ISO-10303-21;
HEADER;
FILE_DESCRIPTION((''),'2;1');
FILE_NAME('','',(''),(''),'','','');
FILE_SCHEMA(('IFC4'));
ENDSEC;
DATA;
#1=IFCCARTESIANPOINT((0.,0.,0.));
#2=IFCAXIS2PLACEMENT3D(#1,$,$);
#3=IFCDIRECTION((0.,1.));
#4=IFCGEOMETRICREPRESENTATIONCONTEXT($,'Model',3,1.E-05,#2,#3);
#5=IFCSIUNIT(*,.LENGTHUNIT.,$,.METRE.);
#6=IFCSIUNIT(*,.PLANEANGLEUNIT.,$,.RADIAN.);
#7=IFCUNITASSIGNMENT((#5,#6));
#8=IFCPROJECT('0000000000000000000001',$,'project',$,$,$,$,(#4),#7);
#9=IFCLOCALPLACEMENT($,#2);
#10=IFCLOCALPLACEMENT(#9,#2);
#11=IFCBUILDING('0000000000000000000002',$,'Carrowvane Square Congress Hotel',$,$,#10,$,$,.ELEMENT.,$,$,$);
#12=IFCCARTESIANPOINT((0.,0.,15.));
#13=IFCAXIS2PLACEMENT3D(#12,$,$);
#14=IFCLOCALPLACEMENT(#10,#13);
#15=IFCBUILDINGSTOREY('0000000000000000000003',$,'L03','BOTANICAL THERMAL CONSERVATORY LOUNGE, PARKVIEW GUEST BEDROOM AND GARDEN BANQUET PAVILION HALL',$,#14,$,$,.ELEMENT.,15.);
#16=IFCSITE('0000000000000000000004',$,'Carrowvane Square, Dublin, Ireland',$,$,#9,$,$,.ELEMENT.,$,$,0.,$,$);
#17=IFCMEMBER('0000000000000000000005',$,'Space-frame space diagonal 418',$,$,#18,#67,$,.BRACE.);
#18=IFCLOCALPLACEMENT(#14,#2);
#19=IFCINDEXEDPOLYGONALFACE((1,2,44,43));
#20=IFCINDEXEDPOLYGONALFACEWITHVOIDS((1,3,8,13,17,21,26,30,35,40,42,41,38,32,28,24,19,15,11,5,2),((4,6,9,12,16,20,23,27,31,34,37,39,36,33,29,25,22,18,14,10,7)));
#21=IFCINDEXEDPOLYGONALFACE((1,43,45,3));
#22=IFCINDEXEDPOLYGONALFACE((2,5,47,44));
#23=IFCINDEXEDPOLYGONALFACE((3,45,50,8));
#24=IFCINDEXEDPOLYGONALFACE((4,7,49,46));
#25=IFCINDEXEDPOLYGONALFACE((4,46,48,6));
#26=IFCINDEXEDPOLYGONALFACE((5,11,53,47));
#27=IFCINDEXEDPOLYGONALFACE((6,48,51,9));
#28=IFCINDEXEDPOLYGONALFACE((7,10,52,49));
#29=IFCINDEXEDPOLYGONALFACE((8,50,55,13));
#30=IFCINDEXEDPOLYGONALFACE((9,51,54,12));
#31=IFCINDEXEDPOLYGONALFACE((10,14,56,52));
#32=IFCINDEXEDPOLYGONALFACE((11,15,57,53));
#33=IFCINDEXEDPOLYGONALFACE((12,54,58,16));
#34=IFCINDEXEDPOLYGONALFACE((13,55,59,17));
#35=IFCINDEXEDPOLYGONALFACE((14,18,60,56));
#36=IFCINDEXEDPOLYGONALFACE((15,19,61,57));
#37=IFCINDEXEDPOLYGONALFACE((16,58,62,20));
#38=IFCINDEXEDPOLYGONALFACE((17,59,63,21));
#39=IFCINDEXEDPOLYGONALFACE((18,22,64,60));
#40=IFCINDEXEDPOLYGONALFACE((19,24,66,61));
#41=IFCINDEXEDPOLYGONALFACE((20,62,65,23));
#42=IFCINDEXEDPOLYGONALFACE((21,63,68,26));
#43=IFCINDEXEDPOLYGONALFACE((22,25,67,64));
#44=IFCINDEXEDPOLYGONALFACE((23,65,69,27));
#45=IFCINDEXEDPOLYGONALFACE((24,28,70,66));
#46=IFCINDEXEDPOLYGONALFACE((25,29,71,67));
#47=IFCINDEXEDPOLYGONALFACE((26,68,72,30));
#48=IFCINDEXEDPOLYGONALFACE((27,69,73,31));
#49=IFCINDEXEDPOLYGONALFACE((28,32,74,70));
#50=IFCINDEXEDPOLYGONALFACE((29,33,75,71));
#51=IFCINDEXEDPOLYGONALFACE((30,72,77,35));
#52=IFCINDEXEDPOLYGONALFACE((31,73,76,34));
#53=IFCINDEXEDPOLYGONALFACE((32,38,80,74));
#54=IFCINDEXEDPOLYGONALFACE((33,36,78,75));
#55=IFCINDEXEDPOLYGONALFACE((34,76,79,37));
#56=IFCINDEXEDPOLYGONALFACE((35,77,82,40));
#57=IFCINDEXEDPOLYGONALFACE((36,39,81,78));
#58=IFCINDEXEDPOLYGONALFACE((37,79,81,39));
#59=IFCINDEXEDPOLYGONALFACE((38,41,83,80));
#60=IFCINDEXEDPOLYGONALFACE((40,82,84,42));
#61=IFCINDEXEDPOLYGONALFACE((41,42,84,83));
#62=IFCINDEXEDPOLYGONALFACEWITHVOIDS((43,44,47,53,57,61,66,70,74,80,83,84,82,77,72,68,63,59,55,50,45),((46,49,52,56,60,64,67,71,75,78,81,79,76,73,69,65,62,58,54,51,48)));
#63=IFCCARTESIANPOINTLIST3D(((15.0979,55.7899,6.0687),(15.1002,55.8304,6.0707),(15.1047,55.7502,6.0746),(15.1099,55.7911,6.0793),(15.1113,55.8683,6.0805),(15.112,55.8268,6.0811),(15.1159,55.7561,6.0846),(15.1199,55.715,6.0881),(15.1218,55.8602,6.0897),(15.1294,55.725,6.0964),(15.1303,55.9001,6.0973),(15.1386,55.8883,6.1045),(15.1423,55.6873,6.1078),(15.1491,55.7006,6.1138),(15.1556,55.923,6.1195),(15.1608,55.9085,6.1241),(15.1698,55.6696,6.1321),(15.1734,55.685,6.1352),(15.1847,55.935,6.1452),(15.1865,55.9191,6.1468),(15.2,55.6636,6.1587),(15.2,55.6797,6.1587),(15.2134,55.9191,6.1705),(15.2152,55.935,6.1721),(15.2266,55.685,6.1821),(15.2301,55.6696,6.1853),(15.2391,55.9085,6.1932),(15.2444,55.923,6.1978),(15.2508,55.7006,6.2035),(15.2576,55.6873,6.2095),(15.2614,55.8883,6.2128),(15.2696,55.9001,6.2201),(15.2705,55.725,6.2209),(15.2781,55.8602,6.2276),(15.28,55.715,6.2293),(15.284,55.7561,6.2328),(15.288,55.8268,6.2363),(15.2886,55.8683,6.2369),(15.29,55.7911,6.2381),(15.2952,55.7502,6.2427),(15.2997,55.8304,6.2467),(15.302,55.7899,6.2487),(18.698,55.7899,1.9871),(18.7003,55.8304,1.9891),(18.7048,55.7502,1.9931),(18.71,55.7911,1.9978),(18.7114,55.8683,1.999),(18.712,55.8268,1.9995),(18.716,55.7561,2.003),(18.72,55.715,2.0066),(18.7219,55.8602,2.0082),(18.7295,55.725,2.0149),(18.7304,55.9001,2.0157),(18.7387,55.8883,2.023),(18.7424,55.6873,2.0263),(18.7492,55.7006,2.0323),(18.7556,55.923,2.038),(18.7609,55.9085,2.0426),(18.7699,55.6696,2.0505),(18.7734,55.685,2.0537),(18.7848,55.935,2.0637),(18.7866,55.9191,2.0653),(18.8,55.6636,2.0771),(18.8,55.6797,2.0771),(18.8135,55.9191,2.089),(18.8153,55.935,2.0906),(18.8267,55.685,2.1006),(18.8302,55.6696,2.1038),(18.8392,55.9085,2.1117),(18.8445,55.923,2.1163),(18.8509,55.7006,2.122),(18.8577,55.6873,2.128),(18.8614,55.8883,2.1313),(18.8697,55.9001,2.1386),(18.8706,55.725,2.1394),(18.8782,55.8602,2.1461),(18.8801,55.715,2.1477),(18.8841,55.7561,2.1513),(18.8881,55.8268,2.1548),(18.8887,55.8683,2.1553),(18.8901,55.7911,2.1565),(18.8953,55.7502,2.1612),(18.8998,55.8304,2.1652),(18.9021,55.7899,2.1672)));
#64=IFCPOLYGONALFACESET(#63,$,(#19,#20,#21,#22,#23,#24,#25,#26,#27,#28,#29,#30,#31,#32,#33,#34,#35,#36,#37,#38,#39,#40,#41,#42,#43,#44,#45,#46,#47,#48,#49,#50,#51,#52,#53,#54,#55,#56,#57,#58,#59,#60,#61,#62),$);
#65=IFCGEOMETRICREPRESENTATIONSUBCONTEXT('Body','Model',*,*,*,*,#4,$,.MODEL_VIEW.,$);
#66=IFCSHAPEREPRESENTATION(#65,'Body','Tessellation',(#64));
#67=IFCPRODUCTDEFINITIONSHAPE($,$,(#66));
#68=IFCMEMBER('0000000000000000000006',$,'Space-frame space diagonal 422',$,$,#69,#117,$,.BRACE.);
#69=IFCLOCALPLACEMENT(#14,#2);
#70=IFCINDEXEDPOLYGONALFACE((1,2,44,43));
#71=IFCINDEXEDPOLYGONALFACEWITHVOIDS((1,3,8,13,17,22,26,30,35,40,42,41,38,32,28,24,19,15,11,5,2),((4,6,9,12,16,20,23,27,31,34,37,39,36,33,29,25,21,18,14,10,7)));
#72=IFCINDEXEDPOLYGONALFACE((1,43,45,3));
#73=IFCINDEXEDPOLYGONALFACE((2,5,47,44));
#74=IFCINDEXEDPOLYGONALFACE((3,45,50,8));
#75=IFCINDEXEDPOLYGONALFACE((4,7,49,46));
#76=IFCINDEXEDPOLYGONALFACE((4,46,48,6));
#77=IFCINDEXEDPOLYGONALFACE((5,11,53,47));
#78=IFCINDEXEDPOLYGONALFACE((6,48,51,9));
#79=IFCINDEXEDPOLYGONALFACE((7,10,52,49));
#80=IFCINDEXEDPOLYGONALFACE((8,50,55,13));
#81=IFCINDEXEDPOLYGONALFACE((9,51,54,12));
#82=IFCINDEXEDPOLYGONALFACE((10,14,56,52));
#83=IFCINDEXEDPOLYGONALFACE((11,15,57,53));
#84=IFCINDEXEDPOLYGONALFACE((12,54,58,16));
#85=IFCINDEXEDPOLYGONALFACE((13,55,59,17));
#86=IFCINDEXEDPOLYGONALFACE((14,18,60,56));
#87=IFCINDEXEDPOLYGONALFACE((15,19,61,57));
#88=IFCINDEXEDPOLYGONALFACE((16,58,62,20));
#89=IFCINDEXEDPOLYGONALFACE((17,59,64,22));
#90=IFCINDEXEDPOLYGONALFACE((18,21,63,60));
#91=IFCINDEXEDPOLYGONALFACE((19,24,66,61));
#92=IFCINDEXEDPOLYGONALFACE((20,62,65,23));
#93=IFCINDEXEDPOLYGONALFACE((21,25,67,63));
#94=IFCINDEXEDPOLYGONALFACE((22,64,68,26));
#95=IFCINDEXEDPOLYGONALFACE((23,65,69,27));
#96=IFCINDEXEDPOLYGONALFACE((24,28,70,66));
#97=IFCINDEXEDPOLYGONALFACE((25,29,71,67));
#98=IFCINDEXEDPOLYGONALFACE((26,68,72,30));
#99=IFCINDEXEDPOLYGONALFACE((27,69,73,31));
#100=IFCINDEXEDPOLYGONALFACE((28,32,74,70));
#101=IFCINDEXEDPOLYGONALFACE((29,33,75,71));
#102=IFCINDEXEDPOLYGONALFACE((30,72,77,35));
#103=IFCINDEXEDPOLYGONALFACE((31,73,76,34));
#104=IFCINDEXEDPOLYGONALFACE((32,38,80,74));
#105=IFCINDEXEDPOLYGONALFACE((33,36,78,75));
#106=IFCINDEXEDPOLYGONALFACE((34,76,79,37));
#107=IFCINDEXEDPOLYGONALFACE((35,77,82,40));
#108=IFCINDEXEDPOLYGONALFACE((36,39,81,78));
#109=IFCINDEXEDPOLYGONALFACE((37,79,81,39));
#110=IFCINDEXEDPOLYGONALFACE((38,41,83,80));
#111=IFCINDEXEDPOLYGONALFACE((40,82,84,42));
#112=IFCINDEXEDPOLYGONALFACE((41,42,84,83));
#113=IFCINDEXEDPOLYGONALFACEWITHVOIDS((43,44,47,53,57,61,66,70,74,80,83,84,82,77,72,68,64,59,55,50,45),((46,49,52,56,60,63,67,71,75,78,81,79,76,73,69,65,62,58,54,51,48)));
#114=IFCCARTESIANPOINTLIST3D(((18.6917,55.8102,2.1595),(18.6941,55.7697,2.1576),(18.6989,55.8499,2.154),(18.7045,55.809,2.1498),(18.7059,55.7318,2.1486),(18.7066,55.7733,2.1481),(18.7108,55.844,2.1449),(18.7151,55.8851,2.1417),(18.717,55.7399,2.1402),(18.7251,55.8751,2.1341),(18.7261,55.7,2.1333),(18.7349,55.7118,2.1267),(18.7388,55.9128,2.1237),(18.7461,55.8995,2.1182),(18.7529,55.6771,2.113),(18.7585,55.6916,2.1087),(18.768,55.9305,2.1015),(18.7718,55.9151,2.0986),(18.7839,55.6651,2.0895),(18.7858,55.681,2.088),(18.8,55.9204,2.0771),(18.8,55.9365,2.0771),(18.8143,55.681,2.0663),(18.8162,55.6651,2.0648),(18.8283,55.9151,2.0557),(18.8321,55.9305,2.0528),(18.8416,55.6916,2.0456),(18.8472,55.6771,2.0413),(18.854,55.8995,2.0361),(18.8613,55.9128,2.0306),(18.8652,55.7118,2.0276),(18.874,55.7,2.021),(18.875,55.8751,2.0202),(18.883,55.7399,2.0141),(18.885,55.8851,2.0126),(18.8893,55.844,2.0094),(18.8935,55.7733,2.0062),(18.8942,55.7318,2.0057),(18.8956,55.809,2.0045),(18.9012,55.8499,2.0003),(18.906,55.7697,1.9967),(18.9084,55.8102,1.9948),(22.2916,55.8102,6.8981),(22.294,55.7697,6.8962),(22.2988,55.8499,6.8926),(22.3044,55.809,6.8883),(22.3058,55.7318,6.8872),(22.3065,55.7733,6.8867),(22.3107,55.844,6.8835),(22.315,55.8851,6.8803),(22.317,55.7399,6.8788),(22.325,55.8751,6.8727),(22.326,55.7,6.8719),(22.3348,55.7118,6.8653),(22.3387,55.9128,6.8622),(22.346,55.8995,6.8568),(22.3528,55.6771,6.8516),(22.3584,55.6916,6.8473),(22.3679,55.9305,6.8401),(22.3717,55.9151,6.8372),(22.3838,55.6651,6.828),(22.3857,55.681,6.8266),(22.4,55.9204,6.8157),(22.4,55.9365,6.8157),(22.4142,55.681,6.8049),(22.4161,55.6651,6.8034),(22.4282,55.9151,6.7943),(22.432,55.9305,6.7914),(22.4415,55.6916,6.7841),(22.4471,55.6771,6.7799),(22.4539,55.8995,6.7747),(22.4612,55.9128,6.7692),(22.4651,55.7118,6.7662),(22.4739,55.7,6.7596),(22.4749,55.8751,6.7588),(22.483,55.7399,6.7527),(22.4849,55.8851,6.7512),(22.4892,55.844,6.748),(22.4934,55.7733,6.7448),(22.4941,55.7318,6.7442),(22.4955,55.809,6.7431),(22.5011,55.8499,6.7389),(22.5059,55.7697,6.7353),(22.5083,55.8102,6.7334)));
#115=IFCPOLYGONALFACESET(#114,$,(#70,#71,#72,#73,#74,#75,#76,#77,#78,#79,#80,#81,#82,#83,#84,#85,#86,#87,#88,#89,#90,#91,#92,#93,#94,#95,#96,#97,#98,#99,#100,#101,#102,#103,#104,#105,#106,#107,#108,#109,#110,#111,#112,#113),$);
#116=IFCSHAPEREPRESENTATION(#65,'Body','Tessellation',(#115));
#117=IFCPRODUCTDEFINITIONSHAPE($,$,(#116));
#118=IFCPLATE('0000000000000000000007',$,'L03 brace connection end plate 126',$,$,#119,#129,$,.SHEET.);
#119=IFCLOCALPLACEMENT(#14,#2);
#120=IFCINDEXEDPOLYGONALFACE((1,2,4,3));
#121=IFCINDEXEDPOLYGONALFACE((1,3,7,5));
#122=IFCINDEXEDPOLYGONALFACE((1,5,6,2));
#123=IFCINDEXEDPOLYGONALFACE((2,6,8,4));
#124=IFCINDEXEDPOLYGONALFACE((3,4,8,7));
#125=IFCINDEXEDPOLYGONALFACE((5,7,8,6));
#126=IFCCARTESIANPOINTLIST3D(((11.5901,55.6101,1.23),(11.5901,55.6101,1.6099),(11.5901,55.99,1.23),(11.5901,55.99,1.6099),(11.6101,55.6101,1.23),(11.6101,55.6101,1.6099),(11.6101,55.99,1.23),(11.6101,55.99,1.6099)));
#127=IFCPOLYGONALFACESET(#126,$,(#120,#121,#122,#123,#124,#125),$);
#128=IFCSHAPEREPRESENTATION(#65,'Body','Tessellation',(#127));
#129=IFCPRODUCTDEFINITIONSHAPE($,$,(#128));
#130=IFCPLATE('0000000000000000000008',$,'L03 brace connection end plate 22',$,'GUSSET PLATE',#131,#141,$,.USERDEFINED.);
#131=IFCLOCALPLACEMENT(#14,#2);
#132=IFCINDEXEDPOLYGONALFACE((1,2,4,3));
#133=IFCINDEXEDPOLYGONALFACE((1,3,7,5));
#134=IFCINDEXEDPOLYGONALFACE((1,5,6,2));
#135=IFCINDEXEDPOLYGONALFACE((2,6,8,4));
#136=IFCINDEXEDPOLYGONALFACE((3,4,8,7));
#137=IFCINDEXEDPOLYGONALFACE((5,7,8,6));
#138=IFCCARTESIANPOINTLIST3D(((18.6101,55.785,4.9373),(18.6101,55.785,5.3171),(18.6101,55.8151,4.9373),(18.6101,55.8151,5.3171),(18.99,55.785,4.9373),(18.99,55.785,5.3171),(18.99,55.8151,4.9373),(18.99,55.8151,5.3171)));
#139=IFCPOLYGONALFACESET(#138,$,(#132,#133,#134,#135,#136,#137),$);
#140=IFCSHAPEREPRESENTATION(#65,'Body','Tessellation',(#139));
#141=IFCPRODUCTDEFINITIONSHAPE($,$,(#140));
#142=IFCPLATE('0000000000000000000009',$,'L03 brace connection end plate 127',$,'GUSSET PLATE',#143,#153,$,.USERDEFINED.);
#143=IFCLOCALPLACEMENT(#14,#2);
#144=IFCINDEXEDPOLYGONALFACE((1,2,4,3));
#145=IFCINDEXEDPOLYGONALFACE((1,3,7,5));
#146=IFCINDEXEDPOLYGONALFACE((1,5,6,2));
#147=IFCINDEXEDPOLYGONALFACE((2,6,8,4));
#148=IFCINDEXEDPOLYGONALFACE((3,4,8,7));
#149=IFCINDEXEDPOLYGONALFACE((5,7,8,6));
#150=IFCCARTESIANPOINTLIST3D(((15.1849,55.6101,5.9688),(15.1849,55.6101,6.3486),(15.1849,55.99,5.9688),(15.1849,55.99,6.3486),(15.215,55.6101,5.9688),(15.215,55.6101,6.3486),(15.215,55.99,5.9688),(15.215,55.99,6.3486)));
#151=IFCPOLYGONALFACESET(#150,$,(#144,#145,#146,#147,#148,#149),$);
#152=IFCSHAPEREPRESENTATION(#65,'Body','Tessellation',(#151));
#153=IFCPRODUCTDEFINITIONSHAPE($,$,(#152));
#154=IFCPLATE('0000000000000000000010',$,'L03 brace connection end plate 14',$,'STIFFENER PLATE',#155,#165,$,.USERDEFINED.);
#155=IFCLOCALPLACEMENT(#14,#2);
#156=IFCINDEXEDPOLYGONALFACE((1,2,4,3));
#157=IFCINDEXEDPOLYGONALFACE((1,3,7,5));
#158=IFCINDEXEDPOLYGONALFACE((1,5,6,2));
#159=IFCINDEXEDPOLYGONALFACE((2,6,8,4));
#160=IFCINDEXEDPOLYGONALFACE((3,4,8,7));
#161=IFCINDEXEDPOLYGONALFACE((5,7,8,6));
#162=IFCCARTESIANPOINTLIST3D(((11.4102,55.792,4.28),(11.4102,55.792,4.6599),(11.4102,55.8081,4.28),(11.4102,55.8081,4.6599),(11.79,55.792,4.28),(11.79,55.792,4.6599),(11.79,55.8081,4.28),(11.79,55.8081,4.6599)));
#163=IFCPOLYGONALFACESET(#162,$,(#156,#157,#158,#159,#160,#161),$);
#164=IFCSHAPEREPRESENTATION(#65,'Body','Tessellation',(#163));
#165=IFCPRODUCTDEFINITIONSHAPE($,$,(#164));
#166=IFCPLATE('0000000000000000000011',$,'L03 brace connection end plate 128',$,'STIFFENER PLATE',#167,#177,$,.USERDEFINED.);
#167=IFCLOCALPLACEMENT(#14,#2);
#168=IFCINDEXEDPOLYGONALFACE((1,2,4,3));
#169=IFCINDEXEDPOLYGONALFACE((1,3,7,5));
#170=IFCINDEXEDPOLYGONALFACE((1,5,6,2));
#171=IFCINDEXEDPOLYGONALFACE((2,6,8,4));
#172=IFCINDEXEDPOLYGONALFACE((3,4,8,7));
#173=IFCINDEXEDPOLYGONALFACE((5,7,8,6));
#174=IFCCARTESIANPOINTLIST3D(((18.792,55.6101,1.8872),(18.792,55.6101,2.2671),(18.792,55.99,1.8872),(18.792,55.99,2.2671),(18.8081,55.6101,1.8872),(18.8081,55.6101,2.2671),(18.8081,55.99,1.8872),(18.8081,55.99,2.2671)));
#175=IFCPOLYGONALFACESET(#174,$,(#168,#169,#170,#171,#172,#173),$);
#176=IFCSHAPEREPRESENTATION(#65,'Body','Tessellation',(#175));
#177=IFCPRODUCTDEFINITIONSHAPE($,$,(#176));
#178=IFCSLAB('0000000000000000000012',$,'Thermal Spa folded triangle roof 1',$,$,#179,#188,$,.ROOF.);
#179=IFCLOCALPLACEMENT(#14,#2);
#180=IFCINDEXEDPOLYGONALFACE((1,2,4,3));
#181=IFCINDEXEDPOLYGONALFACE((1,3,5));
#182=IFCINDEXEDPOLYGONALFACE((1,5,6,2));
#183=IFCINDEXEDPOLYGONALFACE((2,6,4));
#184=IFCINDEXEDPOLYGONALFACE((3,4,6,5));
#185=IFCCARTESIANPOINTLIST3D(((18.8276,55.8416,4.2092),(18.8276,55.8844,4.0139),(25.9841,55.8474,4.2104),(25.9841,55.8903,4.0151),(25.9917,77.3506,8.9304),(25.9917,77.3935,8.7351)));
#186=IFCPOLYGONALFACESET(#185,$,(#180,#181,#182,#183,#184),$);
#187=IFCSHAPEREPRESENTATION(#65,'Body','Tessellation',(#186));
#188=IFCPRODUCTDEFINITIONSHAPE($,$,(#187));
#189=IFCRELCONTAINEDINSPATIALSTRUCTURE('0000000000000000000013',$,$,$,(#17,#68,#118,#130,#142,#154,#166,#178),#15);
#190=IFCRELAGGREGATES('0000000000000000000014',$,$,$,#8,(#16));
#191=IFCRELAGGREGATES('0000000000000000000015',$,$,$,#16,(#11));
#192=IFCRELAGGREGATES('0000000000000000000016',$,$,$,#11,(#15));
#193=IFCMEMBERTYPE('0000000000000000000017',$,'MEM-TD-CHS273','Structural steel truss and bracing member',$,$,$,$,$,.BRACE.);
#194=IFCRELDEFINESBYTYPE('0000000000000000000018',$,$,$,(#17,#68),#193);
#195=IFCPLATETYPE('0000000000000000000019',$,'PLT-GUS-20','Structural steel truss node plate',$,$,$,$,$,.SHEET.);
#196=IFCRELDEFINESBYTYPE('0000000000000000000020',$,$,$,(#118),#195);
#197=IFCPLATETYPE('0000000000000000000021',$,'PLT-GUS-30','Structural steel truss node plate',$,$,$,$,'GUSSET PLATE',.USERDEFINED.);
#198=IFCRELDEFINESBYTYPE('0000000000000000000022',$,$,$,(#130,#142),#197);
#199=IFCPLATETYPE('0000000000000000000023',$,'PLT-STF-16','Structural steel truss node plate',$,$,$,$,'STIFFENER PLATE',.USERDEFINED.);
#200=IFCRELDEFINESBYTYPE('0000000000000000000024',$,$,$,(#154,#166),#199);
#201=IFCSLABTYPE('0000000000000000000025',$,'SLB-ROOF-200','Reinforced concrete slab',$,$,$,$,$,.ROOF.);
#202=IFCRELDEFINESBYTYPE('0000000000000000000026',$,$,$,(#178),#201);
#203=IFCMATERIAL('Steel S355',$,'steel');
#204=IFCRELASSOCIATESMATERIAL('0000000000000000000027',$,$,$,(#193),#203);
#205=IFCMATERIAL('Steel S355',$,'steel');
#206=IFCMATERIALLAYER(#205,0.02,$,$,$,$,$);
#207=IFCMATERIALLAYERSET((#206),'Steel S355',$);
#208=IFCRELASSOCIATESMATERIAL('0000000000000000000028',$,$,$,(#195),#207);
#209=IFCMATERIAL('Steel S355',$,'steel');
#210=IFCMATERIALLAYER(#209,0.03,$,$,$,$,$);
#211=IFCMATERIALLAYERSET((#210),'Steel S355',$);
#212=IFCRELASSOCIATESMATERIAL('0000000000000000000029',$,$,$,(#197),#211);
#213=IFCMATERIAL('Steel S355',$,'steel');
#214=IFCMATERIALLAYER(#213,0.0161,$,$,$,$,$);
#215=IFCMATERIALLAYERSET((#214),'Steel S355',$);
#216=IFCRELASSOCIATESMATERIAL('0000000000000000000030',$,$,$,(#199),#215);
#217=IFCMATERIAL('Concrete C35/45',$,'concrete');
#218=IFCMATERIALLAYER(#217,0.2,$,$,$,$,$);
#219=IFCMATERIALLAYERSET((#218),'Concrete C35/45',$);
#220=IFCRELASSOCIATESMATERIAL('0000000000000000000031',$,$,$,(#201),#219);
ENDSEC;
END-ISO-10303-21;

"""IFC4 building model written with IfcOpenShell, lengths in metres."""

from ifc_helpers import new_model, si_unit, direction, frame, origin, origin_2d, place, context, subcontext, project, spatial, polyline, rectangle, hollow_circle, outline, extrude, material, layer, layer_set, material_profile, profile_set, type_object, element, save


model = new_model("IFC4")

# Units and contexts
model_context = context("Model", 3, precision=1e-05, world=origin(), true_north=direction((0.0, 1.0)))
body_context = subcontext(model_context, "Body", "Model", "MODEL_VIEW")
ifc_project = project(units=[si_unit("LENGTHUNIT", "METRE"), si_unit("PLANEANGLEUNIT", "RADIAN")], contexts=[model_context])

# Site, building, storey
site_placement = place(None, origin())
site = spatial("IfcSite", under=ifc_project, at=site_placement, Name="Carrowvane Square, Dublin, Ireland", CompositionType="ELEMENT", RefElevation=0.0)
building_placement = place(site_placement, origin())
building = spatial("IfcBuilding", under=site, at=building_placement, Name="Carrowvane Square Congress Hotel", CompositionType="ELEMENT")
storey_placement = place(building_placement, frame((0.0, 0.0, 15.0)))
storey = spatial("IfcBuildingStorey", under=building, at=storey_placement, Name="L03", Description="BOTANICAL THERMAL CONSERVATORY LOUNGE, PARKVIEW GUEST BEDROOM AND GARDEN BANQUET PAVILION HALL", CompositionType="ELEMENT", Elevation=15.0)

# Members
ifc_material_1 = material(Name="Steel S355", Category="steel")
ifc_material_profile_1 = material_profile(ifc_material_1, hollow_circle(Radius=0.1365, WallThickness=0.0161, at=origin_2d()), Name="CHS 273.0x16")
ifc_profile_set_1 = profile_set([ifc_material_profile_1], Name="Steel S355")
member_type_1 = type_object("IfcMemberType", Name="MEM-TD-CHS273", Description="Structural steel truss and bracing member", PredefinedType="BRACE", material=ifc_profile_set_1)
member_1_placement = place(storey_placement, frame((18.8, 55.8, 2.0771), z_axis=(-0.661491, 0.0, 0.749953), x_axis=(0.0, -1.0, 0.0)))
element("IfcMember", 1, at=member_1_placement, inside=storey, type_object=member_type_1, Name="Space-frame space diagonal 418", PredefinedType="BRACE", context=body_context, shape_type="SweptSolid", body=[
    extrude(hollow_circle(Radius=0.1365, WallThickness=0.0161, at=origin_2d()), origin(), (0.0, 0.0, 1.0), 5.4424),
])
member_2_placement = place(storey_placement, frame((18.8, 55.8, 2.0771), z_axis=(0.604931, 0.0, 0.796278), x_axis=(0.0, 1.0, 0.0)))
element("IfcMember", 2, at=member_2_placement, inside=storey, type_object=member_type_1, Name="Space-frame space diagonal 422", PredefinedType="BRACE", context=body_context, shape_type="SweptSolid", body=[
    extrude(hollow_circle(Radius=0.1365, WallThickness=0.0161, at=origin_2d()), origin(), (0.0, 0.0, 1.0), 5.9509),
])

# Plates
ifc_material_2 = material(Name="Steel S355", Category="steel")
ifc_layer_1 = layer(ifc_material_2, 0.02)
ifc_layer_set_1 = layer_set([ifc_layer_1], Name="Steel S355")
plate_type_1 = type_object("IfcPlateType", Name="PLT-GUS-20", Description="Structural steel truss node plate", PredefinedType="SHEET", material=ifc_layer_set_1)
plate_1_placement = place(storey_placement, frame((11.6001, 55.8, 1.23), z_axis=(0.0, 0.0, 1.0), x_axis=(1.0, 0.0, 0.0)))
element("IfcPlate", 3, at=plate_1_placement, inside=storey, type_object=plate_type_1, Name="L03 brace connection end plate 126", PredefinedType="SHEET", context=body_context, shape_type="SweptSolid", body=[
    extrude(rectangle(XDim=0.02, YDim=0.3799, at=origin_2d()), origin(), (0.0, 0.0, 1.0), 0.3799),
])
ifc_material_3 = material(Name="Steel S355", Category="steel")
ifc_layer_2 = layer(ifc_material_3, 0.03)
ifc_layer_set_2 = layer_set([ifc_layer_2], Name="Steel S355")
plate_type_2 = type_object("IfcPlateType", Name="PLT-GUS-30", Description="Structural steel truss node plate", ElementType="GUSSET PLATE", PredefinedType="USERDEFINED", material=ifc_layer_set_2)
plate_2_placement = place(storey_placement, frame((18.8, 55.8, 4.9373), z_axis=(0.0, 0.0, 1.0), x_axis=(1.0, 0.0, 0.0)))
element("IfcPlate", 4, at=plate_2_placement, inside=storey, type_object=plate_type_2, Name="L03 brace connection end plate 22", ObjectType="GUSSET PLATE", PredefinedType="USERDEFINED", context=body_context, shape_type="SweptSolid", body=[
    extrude(rectangle(XDim=0.3799, YDim=0.03, at=origin_2d()), origin(), (0.0, 0.0, 1.0), 0.3799),
])
plate_3_placement = place(storey_placement, frame((15.2, 55.8, 5.9688), z_axis=(0.0, 0.0, 1.0), x_axis=(1.0, 0.0, 0.0)))
element("IfcPlate", 5, at=plate_3_placement, inside=storey, type_object=plate_type_2, Name="L03 brace connection end plate 127", ObjectType="GUSSET PLATE", PredefinedType="USERDEFINED", context=body_context, shape_type="SweptSolid", body=[
    extrude(rectangle(XDim=0.03, YDim=0.3799, at=origin_2d()), origin(), (0.0, 0.0, 1.0), 0.3799),
])
ifc_material_4 = material(Name="Steel S355", Category="steel")
ifc_layer_3 = layer(ifc_material_4, 0.0161)
ifc_layer_set_3 = layer_set([ifc_layer_3], Name="Steel S355")
plate_type_3 = type_object("IfcPlateType", Name="PLT-STF-16", Description="Structural steel truss node plate", ElementType="STIFFENER PLATE", PredefinedType="USERDEFINED", material=ifc_layer_set_3)
plate_4_placement = place(storey_placement, frame((11.6001, 55.8, 4.28), z_axis=(0.0, 0.0, 1.0), x_axis=(1.0, 0.0, 0.0)))
element("IfcPlate", 6, at=plate_4_placement, inside=storey, type_object=plate_type_3, Name="L03 brace connection end plate 14", ObjectType="STIFFENER PLATE", PredefinedType="USERDEFINED", context=body_context, shape_type="SweptSolid", body=[
    extrude(rectangle(XDim=0.3799, YDim=0.0161, at=origin_2d()), origin(), (0.0, 0.0, 1.0), 0.3799),
])
plate_5_placement = place(storey_placement, frame((18.8, 55.8, 1.8872), z_axis=(0.0, 0.0, 1.0), x_axis=(1.0, 0.0, 0.0)))
element("IfcPlate", 7, at=plate_5_placement, inside=storey, type_object=plate_type_3, Name="L03 brace connection end plate 128", ObjectType="STIFFENER PLATE", PredefinedType="USERDEFINED", context=body_context, shape_type="SweptSolid", body=[
    extrude(rectangle(XDim=0.0161, YDim=0.3799, at=origin_2d()), origin(), (0.0, 0.0, 1.0), 0.3799),
])

# Slab
ifc_material_5 = material(Name="Concrete C35/45", Category="concrete")
ifc_layer_4 = layer(ifc_material_5, 0.2)
ifc_layer_set_4 = layer_set([ifc_layer_4], Name="Concrete C35/45")
slab_type = type_object("IfcSlabType", Name="SLB-ROOF-200", Description="Reinforced concrete slab", PredefinedType="ROOF", material=ifc_layer_set_4)
slab_1_placement = place(storey_placement, frame((18.8276, 55.8416, 4.2092), z_axis=(0.000009, -0.214397, 0.976747), x_axis=(1.0, 0.000819, 0.000171)))
element("IfcSlab", 8, at=slab_1_placement, inside=storey, type_object=slab_type, Name="Thermal Spa folded triangle roof 1", PredefinedType="ROOF", context=body_context, shape_type="SweptSolid", body=[
    extrude(outline(polyline([(0.0, 0.0), (7.1565, 0.0), (7.1825, 22.0151), (0.0, 0.0)])), origin(), (0.0, 0.0, -1.0), 0.2),
])

save(model, "model.ifc")
